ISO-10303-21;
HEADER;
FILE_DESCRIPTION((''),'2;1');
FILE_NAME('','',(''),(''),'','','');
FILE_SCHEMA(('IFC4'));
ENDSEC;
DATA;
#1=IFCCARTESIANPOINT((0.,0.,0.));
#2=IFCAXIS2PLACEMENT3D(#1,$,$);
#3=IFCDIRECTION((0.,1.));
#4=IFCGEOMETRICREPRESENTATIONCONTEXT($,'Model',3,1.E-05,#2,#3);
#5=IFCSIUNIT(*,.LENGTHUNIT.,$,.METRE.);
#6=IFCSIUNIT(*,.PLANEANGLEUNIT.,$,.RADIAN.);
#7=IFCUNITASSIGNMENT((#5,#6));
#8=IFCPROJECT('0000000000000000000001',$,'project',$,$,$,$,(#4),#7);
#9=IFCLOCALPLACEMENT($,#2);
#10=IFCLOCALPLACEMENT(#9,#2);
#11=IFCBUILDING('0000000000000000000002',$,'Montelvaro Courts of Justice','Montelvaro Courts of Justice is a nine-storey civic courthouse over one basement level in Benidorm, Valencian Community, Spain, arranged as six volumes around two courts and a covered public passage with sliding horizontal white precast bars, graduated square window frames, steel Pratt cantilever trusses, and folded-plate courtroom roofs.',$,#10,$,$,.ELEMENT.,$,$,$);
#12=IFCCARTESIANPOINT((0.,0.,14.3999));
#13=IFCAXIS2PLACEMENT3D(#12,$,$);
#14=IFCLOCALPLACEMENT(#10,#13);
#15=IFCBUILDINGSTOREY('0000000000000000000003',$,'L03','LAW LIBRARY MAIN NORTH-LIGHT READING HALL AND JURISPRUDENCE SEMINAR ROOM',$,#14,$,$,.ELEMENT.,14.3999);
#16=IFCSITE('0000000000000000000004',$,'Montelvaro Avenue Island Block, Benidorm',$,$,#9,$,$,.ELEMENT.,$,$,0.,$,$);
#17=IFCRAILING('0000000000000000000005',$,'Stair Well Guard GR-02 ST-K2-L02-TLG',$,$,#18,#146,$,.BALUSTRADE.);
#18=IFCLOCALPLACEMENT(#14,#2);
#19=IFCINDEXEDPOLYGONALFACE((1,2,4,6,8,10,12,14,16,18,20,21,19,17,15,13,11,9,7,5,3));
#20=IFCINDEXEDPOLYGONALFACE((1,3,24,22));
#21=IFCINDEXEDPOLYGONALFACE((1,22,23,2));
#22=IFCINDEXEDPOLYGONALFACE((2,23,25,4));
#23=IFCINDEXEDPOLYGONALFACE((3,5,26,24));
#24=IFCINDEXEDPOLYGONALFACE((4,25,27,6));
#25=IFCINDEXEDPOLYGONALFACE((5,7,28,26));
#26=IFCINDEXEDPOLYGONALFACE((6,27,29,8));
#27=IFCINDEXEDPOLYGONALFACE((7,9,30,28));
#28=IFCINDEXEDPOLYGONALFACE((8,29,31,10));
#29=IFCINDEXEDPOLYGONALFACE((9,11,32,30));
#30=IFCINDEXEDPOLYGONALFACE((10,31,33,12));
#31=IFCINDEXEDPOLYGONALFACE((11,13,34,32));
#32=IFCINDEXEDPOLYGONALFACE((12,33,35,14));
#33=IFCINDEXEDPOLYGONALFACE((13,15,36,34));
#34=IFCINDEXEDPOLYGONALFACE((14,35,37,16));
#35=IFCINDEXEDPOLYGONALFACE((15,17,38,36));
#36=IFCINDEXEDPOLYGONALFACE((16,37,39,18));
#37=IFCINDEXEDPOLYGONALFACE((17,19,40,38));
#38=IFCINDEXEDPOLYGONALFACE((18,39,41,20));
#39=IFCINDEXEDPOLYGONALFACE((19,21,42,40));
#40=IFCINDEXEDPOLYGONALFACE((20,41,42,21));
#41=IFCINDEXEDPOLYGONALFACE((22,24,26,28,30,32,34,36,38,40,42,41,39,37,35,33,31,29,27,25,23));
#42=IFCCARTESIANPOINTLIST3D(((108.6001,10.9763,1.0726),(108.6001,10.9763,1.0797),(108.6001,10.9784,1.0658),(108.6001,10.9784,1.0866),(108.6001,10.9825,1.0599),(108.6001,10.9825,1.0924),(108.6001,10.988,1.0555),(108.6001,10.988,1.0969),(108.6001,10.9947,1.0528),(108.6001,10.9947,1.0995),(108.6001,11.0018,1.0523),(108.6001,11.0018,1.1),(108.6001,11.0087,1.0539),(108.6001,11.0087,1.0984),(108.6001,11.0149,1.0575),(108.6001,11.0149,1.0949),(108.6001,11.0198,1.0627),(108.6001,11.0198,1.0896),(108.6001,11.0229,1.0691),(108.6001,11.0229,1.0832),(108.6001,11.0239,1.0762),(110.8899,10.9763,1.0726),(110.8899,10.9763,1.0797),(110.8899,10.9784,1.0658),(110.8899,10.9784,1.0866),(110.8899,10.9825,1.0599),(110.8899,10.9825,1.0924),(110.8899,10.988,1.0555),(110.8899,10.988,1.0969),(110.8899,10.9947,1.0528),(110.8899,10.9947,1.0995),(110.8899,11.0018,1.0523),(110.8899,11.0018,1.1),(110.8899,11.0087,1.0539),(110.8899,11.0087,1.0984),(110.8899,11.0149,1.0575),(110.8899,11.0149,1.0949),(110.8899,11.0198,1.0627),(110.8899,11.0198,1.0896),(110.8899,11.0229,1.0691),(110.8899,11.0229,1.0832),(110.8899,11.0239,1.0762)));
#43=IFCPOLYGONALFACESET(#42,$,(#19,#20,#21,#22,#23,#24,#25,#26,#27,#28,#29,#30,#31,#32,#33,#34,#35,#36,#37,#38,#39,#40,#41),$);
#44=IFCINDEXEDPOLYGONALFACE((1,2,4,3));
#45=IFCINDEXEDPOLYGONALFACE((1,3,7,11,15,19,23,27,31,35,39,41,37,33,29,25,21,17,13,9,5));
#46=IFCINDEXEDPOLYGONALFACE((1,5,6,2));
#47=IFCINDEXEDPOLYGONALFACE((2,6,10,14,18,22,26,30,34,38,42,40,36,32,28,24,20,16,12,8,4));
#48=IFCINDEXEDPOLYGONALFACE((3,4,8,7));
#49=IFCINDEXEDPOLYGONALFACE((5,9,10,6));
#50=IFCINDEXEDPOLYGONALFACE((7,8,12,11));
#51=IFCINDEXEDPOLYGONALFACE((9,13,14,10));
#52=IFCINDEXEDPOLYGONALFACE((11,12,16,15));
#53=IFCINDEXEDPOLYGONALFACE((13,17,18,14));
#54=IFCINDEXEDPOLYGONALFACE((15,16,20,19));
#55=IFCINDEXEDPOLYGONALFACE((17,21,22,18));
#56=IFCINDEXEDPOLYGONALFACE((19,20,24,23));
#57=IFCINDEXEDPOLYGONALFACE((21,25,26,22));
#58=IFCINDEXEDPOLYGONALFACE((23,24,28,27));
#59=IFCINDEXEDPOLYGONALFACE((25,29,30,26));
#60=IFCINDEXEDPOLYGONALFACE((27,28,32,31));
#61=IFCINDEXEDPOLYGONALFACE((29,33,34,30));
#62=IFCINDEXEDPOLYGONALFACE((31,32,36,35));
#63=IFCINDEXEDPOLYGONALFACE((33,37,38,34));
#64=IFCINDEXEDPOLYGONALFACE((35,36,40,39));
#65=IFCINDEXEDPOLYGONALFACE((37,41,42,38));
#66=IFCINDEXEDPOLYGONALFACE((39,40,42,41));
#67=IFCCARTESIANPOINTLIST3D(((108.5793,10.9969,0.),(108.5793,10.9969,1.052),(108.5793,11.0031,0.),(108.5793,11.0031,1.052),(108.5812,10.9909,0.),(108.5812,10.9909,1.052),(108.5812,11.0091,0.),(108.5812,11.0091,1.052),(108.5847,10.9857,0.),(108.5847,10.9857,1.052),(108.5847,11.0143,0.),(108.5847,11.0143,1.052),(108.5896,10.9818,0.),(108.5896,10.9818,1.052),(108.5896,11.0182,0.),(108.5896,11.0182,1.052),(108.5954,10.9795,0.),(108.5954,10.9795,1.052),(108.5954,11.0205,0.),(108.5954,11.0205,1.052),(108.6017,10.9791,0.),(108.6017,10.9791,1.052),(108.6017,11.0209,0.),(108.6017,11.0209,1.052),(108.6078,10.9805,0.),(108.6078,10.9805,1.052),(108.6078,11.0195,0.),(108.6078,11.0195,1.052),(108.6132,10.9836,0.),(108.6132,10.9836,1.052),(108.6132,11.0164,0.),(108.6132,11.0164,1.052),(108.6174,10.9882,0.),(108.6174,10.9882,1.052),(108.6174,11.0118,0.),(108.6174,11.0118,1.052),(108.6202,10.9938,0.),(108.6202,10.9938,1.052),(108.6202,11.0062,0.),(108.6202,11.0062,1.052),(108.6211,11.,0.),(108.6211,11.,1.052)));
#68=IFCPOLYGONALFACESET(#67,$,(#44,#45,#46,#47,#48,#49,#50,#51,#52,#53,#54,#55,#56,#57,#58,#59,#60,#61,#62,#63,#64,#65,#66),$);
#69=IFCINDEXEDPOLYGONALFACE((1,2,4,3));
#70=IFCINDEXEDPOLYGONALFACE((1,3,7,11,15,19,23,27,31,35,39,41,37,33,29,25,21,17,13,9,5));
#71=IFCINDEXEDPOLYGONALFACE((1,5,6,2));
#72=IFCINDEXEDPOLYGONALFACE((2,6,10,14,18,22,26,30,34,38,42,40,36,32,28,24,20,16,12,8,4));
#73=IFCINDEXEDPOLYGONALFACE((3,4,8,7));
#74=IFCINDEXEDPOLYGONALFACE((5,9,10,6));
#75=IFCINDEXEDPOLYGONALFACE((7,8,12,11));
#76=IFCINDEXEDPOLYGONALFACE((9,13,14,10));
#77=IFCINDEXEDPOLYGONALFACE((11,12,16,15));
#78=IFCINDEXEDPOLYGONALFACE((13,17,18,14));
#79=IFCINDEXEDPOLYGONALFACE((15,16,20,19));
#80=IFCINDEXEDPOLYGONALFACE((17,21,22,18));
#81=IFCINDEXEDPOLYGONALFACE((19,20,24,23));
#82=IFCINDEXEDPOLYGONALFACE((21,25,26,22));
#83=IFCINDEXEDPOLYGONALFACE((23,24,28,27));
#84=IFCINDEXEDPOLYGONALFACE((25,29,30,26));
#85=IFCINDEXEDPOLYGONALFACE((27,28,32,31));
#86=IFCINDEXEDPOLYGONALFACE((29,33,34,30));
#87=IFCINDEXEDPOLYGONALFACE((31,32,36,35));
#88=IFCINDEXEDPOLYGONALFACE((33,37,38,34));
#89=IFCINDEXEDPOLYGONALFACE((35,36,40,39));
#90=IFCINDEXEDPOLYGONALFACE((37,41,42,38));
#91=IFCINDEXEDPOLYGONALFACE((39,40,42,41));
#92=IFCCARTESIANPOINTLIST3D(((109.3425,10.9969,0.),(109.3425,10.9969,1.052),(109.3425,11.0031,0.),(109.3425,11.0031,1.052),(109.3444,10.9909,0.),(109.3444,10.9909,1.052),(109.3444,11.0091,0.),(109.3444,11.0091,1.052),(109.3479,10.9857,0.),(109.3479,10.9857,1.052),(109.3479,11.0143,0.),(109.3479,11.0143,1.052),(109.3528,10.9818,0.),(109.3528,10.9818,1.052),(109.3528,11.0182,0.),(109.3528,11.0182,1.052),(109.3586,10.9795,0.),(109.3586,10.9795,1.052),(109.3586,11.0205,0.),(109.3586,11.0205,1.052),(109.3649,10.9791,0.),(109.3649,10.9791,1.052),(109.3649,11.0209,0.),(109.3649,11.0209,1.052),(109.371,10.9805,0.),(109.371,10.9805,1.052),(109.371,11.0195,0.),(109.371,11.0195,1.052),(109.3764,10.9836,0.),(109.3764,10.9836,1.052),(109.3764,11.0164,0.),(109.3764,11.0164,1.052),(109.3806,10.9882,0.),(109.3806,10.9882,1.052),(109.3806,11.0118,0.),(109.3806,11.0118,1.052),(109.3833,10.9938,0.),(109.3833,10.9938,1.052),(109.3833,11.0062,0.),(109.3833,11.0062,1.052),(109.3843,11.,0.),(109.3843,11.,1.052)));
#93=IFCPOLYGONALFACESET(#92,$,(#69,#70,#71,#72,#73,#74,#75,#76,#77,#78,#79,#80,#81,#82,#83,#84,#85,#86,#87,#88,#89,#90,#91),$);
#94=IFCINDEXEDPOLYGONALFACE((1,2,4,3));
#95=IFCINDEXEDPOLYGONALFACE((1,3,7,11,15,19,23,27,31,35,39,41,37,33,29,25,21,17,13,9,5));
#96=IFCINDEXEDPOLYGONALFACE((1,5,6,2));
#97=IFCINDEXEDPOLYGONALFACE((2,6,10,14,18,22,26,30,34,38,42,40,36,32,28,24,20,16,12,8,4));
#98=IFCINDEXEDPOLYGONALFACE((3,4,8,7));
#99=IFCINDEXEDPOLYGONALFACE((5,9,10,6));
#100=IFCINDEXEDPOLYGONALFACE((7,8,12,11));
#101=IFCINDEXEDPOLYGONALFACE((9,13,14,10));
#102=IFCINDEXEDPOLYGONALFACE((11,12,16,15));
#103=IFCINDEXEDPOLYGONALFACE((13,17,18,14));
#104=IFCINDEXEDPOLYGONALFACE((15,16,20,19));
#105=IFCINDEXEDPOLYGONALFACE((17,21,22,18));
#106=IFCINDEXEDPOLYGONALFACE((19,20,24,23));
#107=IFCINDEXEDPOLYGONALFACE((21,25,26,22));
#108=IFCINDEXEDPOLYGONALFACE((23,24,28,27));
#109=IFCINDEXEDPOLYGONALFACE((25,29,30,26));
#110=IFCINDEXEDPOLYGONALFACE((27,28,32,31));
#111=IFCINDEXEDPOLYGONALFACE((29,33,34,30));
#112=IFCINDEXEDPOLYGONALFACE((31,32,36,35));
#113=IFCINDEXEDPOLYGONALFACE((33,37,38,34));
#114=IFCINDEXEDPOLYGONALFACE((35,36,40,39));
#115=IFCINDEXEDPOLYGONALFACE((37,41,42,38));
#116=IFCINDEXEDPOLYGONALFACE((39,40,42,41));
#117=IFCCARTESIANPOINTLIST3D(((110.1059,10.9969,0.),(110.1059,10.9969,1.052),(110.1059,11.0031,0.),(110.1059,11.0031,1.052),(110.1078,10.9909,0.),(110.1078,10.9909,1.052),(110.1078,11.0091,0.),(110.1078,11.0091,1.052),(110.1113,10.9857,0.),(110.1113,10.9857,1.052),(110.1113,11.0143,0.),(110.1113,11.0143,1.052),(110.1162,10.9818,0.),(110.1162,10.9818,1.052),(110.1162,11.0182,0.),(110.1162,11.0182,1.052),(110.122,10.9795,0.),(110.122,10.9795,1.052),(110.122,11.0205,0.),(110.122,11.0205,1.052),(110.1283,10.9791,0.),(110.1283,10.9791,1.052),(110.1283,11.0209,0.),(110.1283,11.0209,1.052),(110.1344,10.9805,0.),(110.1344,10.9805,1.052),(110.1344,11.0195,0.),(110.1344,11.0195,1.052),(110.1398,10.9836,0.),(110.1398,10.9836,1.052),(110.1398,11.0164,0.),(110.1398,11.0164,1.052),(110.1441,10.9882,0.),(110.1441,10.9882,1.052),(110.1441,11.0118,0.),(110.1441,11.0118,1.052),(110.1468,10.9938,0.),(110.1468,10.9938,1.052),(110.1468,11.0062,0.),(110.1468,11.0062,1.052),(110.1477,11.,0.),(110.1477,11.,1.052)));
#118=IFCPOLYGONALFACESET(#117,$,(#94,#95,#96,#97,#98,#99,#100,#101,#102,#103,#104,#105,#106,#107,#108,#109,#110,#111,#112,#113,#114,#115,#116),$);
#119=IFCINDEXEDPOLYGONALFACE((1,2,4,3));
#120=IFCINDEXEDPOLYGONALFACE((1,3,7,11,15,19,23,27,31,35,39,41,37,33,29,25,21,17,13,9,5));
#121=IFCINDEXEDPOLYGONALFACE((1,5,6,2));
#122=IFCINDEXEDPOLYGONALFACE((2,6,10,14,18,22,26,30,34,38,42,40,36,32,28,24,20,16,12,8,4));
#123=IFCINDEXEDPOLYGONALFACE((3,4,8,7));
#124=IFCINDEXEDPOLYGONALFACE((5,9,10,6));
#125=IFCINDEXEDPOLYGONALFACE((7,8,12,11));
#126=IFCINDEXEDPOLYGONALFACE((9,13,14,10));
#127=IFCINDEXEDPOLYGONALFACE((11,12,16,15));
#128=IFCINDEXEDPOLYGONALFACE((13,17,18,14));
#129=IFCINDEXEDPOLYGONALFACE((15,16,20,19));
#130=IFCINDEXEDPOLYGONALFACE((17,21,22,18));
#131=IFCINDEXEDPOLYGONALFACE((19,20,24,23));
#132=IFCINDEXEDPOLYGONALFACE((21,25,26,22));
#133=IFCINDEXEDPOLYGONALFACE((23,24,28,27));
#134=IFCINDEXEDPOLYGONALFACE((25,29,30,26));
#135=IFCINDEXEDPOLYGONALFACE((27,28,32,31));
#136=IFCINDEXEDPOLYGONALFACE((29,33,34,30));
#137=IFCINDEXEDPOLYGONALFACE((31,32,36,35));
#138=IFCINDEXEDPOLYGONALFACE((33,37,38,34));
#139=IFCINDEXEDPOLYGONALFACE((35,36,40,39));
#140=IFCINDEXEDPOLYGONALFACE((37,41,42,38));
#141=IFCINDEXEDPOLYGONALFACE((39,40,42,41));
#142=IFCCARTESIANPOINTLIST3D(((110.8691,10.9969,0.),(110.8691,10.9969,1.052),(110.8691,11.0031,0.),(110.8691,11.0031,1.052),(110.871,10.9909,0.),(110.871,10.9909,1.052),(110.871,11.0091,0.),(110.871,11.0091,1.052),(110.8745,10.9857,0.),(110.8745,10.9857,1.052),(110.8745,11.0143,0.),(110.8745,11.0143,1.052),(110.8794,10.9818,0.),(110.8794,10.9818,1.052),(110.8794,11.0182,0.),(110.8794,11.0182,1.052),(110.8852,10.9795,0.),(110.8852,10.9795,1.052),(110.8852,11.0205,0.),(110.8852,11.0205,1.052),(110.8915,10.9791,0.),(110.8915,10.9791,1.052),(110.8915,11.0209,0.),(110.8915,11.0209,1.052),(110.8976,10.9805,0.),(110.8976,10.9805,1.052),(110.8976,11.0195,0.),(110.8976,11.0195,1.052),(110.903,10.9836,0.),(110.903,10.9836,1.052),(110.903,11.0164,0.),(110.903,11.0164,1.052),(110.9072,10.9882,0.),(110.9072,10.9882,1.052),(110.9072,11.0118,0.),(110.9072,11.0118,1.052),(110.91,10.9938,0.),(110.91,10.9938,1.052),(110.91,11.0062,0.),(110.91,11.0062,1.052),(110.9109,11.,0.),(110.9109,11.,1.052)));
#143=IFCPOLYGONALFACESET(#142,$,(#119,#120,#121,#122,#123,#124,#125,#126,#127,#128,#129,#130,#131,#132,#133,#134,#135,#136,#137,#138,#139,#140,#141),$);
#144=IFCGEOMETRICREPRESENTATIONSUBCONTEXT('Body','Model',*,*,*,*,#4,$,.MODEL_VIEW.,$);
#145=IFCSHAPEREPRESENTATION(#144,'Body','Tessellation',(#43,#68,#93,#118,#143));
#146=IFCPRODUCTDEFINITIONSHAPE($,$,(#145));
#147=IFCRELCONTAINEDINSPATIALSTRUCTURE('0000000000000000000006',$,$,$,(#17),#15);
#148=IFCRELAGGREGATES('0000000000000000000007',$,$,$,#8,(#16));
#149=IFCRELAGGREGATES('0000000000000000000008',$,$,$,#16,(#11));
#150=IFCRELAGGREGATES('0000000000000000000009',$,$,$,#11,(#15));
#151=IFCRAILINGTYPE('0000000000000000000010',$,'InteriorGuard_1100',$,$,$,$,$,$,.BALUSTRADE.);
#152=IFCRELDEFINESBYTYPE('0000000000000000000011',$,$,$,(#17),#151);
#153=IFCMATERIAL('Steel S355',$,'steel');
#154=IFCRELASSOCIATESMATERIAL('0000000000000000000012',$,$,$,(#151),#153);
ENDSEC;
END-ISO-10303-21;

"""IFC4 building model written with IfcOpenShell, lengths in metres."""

from ifc_helpers import new_model, si_unit, direction, frame, origin, origin_2d, place, context, subcontext, project, spatial, circle, extrude, material, type_object, element, save


model = new_model("IFC4")

# Units and contexts
model_context = context("Model", 3, precision=1e-05, world=origin(), true_north=direction((0.0, 1.0)))
body_context = subcontext(model_context, "Body", "Model", "MODEL_VIEW")
ifc_project = project(units=[si_unit("LENGTHUNIT", "METRE"), si_unit("PLANEANGLEUNIT", "RADIAN")], contexts=[model_context])

# Site, building, storey
site_placement = place(None, origin())
site = spatial("IfcSite", under=ifc_project, at=site_placement, Name="Montelvaro Avenue Island Block, Benidorm", CompositionType="ELEMENT", RefElevation=0.0)
building_placement = place(site_placement, origin())
building = spatial("IfcBuilding", under=site, at=building_placement, Name="Montelvaro Courts of Justice", Description="Montelvaro Courts of Justice is a nine-storey civic courthouse over one basement level in Benidorm, Valencian Community, Spain, arranged as six volumes around two courts and a covered public passage with sliding horizontal white precast bars, graduated square window frames, steel Pratt cantilever trusses, and folded-plate courtroom roofs.", CompositionType="ELEMENT")
storey_placement = place(building_placement, frame((0.0, 0.0, 14.3999)))
storey = spatial("IfcBuildingStorey", under=building, at=storey_placement, Name="L03", Description="LAW LIBRARY MAIN NORTH-LIGHT READING HALL AND JURISPRUDENCE SEMINAR ROOM", CompositionType="ELEMENT", Elevation=14.3999)

# Shared definitions
ifc_material_1 = material(Name="Steel S355", Category="steel")

# Railing
railing_type_1 = type_object("IfcRailingType", Name="InteriorGuard_1100", PredefinedType="BALUSTRADE", material=ifc_material_1)
railing_1_placement = place(storey_placement, frame((108.6001, 11.0, 0.0)))
element("IfcRailing", 1, at=railing_1_placement, inside=storey, type_object=railing_type_1, Name="Stair Well Guard GR-02 ST-K2-L02-TLG", PredefinedType="BALUSTRADE", context=body_context, shape_type="SweptSolid", body=[
    extrude(circle(Radius=0.0239, at=origin_2d()), frame((0.0, 0.0, 1.0762), z_axis=(1.0, 0.0, 0.0), x_axis=(0.0, 1.0, 0.0)), (0.0, 0.0, 1.0), 2.2898),
    extrude(circle(Radius=0.021, at=origin_2d()), origin(), (0.0, 0.0, 1.0), 1.052),
    extrude(circle(Radius=0.021, at=origin_2d()), frame((0.7632, 0.0, 0.0)), (0.0, 0.0, 1.0), 1.052),
    extrude(circle(Radius=0.021, at=origin_2d()), frame((1.5266, 0.0, 0.0)), (0.0, 0.0, 1.0), 1.052),
    extrude(circle(Radius=0.021, at=origin_2d()), frame((2.2898, 0.0, 0.0)), (0.0, 0.0, 1.0), 1.052),
])

save(model, "model.ifc")
